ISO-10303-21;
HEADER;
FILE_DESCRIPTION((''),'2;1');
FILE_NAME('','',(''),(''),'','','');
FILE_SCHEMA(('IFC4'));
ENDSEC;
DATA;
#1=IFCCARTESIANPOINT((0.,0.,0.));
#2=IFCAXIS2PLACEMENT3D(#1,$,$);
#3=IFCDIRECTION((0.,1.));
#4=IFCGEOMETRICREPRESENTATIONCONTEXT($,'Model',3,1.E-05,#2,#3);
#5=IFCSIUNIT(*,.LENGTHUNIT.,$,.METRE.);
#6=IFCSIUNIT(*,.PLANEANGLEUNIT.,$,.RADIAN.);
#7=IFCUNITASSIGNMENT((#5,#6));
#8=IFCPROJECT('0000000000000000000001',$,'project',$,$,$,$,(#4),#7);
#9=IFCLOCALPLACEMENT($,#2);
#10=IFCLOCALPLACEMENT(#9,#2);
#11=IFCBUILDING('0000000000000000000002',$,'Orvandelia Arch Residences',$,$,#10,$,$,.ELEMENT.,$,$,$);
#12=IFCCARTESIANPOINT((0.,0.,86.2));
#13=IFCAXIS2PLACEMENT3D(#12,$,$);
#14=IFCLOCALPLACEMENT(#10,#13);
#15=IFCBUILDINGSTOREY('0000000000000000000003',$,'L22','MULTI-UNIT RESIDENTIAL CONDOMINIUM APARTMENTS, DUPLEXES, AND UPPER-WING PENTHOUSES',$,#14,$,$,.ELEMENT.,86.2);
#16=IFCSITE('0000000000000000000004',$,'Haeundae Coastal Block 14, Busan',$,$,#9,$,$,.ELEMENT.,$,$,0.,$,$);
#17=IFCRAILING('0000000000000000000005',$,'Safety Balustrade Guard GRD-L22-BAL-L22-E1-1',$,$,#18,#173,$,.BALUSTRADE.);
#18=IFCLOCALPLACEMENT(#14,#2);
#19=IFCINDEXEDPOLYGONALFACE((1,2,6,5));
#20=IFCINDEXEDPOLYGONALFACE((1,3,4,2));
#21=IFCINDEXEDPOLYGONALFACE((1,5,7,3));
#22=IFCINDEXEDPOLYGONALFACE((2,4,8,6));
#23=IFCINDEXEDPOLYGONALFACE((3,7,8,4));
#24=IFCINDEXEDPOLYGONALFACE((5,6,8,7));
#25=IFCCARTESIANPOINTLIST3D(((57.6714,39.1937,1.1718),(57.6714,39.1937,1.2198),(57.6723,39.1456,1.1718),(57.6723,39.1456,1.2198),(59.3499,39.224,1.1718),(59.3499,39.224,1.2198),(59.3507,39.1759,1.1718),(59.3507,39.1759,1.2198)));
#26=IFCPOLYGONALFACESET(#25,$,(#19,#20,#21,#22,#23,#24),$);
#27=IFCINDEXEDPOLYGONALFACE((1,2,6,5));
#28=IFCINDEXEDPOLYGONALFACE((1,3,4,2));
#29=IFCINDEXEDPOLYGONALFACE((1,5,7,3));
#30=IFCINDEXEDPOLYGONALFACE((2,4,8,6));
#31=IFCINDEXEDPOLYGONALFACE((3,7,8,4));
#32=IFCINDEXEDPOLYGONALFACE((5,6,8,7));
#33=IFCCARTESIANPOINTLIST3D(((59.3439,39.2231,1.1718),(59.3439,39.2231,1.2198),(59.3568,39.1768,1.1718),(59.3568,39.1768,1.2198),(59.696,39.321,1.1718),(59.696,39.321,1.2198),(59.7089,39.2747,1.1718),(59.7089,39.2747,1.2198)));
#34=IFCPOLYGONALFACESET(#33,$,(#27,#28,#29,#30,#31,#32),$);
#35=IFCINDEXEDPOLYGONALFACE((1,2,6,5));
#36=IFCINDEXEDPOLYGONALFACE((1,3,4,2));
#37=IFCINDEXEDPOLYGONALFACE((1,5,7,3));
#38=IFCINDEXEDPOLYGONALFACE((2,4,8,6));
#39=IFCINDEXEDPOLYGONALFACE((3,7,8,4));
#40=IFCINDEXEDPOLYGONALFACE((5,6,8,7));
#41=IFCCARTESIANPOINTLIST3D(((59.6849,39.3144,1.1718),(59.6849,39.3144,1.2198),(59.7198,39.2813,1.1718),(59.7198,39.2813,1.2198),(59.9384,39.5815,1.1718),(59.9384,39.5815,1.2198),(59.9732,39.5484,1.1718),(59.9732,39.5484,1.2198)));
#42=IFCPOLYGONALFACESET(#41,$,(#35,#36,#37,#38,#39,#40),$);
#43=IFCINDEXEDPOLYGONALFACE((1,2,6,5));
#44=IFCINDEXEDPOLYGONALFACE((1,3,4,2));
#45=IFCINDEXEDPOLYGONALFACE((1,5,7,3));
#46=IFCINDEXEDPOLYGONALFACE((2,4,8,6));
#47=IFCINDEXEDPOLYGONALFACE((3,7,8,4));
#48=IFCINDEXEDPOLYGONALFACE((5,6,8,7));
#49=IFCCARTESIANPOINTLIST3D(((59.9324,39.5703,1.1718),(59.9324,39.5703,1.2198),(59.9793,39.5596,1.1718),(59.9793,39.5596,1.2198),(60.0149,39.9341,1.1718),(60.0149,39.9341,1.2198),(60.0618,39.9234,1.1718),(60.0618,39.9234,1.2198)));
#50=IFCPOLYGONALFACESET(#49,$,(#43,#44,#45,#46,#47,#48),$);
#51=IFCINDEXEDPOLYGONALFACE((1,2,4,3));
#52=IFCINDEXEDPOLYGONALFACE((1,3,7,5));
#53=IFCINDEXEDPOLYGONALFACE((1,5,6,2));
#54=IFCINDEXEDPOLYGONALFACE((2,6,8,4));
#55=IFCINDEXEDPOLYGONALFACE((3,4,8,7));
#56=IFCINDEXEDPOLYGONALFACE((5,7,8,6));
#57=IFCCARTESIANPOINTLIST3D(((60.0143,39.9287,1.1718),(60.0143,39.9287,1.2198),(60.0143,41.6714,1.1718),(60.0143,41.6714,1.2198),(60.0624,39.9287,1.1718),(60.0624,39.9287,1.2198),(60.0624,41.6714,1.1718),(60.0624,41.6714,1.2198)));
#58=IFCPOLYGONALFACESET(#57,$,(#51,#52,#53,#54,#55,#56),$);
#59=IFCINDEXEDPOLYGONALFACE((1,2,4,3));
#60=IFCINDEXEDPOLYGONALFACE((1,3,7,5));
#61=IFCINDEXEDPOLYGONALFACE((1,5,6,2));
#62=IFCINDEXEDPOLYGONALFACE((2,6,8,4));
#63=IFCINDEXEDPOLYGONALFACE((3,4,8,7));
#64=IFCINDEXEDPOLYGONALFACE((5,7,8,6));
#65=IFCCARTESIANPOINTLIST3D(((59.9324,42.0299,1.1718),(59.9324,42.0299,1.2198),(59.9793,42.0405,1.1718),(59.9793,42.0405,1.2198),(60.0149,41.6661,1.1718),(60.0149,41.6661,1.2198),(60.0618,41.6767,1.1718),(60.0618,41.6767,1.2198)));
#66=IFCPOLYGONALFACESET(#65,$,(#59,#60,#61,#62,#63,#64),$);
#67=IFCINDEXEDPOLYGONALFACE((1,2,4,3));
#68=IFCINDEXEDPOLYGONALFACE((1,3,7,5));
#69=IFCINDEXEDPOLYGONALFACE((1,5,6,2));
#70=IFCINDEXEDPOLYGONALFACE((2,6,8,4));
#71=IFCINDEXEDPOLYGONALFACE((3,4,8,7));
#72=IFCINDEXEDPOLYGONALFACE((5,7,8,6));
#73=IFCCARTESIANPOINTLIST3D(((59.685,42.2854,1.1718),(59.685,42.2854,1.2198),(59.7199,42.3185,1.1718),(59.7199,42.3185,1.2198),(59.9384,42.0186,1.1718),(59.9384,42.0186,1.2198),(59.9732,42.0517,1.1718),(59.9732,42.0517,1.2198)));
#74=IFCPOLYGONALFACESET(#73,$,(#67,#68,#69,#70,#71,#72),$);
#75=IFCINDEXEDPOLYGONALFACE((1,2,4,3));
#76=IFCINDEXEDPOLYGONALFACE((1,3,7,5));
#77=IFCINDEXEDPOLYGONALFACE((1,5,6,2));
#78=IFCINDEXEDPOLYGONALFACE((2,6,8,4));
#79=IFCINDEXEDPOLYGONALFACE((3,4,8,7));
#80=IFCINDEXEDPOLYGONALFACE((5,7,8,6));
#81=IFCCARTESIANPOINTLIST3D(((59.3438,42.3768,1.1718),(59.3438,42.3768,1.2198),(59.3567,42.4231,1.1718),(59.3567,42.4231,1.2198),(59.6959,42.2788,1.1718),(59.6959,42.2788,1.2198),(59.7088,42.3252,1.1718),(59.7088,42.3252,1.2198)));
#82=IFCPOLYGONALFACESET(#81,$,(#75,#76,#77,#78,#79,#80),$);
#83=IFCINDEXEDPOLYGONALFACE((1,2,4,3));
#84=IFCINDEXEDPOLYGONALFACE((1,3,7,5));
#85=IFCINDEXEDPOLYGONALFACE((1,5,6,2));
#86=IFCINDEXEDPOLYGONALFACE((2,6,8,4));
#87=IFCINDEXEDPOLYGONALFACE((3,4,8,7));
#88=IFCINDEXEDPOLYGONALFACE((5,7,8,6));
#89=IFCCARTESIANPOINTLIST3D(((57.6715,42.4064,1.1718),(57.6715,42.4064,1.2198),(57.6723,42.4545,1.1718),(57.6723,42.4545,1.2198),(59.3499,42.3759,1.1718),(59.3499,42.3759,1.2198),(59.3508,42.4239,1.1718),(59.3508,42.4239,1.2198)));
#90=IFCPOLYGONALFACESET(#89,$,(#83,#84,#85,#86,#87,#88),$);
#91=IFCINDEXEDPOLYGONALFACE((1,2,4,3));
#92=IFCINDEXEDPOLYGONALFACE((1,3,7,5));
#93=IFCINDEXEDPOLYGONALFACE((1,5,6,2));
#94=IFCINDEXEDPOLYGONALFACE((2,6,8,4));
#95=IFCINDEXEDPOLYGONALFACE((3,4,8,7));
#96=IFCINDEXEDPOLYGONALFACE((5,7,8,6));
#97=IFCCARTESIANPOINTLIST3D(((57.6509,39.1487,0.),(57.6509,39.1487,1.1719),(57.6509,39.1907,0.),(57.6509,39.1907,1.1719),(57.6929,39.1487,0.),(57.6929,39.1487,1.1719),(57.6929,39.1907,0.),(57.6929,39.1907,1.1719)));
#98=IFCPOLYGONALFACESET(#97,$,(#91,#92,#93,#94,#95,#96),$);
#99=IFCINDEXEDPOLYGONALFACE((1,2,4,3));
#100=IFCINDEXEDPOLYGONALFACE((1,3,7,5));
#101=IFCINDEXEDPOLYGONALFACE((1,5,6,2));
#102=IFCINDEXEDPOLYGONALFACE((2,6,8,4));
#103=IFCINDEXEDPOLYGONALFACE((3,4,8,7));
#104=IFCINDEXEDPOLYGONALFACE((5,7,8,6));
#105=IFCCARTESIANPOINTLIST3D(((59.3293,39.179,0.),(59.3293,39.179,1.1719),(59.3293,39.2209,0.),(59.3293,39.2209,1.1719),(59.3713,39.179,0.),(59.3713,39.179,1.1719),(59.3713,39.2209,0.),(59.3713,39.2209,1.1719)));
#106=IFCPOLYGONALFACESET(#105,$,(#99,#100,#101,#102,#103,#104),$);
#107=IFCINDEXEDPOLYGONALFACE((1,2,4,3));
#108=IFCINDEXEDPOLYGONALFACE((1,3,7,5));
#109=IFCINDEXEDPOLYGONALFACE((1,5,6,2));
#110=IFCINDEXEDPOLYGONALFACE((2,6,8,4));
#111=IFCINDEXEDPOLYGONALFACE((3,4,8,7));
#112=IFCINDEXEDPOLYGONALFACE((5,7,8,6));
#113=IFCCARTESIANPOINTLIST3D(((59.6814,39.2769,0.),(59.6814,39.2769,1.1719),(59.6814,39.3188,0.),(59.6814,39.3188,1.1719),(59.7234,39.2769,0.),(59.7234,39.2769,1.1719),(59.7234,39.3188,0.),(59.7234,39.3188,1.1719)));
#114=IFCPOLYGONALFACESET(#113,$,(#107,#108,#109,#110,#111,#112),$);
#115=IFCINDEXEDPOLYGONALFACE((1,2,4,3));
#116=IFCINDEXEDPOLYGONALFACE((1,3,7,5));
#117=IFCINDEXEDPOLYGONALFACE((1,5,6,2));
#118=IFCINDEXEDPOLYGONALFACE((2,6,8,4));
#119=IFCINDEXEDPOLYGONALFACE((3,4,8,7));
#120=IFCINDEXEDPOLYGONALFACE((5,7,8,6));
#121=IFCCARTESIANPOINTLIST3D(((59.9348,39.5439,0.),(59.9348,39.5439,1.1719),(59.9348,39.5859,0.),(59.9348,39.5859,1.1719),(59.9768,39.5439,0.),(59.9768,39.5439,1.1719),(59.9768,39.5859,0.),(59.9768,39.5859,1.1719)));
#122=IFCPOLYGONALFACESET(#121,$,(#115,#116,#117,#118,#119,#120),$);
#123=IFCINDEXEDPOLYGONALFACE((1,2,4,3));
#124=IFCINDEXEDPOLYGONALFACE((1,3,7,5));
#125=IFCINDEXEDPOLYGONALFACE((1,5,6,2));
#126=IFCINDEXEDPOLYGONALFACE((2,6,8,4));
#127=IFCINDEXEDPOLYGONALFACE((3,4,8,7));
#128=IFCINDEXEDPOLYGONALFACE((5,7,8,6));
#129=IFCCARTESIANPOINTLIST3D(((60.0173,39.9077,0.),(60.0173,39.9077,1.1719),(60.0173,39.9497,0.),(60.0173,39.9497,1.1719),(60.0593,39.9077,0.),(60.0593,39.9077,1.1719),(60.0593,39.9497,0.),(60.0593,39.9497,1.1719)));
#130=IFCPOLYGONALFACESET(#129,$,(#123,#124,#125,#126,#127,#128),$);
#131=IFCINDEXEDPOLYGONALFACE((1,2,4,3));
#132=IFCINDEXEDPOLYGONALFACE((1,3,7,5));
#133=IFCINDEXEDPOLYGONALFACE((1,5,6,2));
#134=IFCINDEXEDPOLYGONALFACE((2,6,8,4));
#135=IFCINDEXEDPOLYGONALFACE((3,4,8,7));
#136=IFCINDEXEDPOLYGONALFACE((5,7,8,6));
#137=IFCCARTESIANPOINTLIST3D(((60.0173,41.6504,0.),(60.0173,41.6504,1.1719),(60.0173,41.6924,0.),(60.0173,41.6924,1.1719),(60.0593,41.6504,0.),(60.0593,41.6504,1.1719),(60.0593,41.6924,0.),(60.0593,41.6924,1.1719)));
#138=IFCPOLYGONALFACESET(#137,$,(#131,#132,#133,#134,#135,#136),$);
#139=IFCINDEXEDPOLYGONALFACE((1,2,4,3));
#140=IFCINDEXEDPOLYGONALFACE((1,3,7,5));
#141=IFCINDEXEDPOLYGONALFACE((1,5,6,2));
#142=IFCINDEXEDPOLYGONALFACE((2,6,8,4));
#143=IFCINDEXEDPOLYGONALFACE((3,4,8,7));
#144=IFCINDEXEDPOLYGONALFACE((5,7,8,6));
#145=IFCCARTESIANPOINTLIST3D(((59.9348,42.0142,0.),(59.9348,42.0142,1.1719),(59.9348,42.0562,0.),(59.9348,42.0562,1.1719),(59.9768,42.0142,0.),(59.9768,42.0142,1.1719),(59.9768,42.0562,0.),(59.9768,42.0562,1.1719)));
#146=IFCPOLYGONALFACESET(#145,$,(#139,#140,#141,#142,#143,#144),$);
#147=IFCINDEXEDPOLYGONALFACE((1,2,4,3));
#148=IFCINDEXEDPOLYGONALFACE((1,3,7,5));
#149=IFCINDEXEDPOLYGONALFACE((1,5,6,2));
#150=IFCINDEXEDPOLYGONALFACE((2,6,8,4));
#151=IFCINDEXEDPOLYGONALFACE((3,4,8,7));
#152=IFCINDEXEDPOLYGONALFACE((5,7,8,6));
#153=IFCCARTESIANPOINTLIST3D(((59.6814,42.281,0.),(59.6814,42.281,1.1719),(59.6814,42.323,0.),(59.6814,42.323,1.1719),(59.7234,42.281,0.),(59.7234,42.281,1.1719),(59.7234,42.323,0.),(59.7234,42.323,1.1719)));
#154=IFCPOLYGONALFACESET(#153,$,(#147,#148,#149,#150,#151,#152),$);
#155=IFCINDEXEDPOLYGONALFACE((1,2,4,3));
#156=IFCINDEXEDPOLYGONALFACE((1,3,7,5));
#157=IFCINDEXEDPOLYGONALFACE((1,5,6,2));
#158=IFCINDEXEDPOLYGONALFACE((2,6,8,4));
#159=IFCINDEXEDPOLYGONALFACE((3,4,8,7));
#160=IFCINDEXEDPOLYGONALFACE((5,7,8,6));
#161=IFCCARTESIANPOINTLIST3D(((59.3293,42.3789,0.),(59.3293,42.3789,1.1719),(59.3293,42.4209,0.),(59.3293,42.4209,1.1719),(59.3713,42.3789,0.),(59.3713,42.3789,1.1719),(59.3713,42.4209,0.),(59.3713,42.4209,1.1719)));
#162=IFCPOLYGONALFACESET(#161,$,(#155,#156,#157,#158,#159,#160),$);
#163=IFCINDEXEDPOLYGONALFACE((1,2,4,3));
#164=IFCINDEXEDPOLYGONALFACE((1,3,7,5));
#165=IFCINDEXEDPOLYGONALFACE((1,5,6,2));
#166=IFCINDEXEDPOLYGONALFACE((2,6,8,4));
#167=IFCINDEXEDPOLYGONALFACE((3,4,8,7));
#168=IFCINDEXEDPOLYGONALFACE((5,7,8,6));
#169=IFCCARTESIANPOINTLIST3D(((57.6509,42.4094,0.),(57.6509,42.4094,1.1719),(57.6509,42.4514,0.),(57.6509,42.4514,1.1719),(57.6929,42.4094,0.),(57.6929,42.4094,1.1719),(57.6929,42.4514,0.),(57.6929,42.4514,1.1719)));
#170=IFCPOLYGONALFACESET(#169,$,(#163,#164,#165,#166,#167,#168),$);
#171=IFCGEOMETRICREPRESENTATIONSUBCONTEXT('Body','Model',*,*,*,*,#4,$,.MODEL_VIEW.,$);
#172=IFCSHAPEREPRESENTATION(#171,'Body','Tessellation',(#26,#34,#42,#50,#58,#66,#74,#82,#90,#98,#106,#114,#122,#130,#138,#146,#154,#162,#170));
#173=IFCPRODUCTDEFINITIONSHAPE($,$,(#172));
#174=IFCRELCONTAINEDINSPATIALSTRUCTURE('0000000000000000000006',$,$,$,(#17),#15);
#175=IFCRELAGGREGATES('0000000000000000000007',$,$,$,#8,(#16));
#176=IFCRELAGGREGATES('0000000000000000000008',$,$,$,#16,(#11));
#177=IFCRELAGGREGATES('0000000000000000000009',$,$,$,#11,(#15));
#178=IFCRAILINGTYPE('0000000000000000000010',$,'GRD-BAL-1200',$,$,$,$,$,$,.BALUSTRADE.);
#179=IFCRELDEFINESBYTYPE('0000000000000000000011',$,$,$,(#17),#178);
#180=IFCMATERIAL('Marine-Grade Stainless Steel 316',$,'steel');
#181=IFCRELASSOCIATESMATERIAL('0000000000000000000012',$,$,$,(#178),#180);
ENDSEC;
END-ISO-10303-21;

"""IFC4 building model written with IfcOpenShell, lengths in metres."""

from ifc_helpers import new_model, si_unit, direction, frame, origin, origin_2d, place, context, subcontext, project, spatial, rectangle, extrude, material, type_object, element, save


model = new_model("IFC4")

# Units and contexts
model_context = context("Model", 3, precision=1e-05, world=origin(), true_north=direction((0.0, 1.0)))
body_context = subcontext(model_context, "Body", "Model", "MODEL_VIEW")
ifc_project = project(units=[si_unit("LENGTHUNIT", "METRE"), si_unit("PLANEANGLEUNIT", "RADIAN")], contexts=[model_context])

# Site, building, storey
site_placement = place(None, origin())
site = spatial("IfcSite", under=ifc_project, at=site_placement, Name="Haeundae Coastal Block 14, Busan", CompositionType="ELEMENT", RefElevation=0.0)
building_placement = place(site_placement, origin())
building = spatial("IfcBuilding", under=site, at=building_placement, Name="Orvandelia Arch Residences", CompositionType="ELEMENT")
storey_placement = place(building_placement, frame((0.0, 0.0, 86.2)))
storey = spatial("IfcBuildingStorey", under=building, at=storey_placement, Name="L22", Description="MULTI-UNIT RESIDENTIAL CONDOMINIUM APARTMENTS, DUPLEXES, AND UPPER-WING PENTHOUSES", CompositionType="ELEMENT", Elevation=86.2)

# Railing
ifc_material_1 = material(Name="Marine-Grade Stainless Steel 316", Category="steel")
railing_type = type_object("IfcRailingType", Name="GRD-BAL-1200", PredefinedType="BALUSTRADE", material=ifc_material_1)
railing_placement = place(storey_placement, frame((57.6719, 39.1697, 0.0)))
element("IfcRailing", 1, at=railing_placement, inside=storey, type_object=railing_type, Name="Safety Balustrade Guard GRD-L22-BAL-L22-E1-1", PredefinedType="BALUSTRADE", context=body_context, shape_type="SweptSolid", body=[
    extrude(rectangle(XDim=0.0481, YDim=0.0481, at=origin_2d()), frame((0.0, 0.0, 1.1958), z_axis=(0.999837, 0.018033, 0.0), x_axis=(-0.018033, 0.999837, 0.0)), (0.0, 0.0, 1.0), 1.6787),
    extrude(rectangle(XDim=0.0481, YDim=0.0481, at=origin_2d()), frame((1.6785, 0.0303, 1.1958), z_axis=(0.963441, 0.26792, 0.0), x_axis=(-0.26792, 0.963441, 0.0)), (0.0, 0.0, 1.0), 0.3655),
    extrude(rectangle(XDim=0.0481, YDim=0.0481, at=origin_2d()), frame((2.0305, 0.1282, 1.1958), z_axis=(0.688296, 0.72543, 0.0), x_axis=(-0.72543, 0.688296, 0.0)), (0.0, 0.0, 1.0), 0.3682),
    extrude(rectangle(XDim=0.0481, YDim=0.0481, at=origin_2d()), frame((2.2839, 0.3953, 1.1958), z_axis=(0.221225, 0.975223, 0.0), x_axis=(-0.975223, 0.221225, 0.0)), (0.0, 0.0, 1.0), 0.373),
    extrude(rectangle(XDim=0.0481, YDim=0.0481, at=origin_2d()), frame((2.3665, 0.759, 1.1958), z_axis=(0.0, 1.0, 0.0), x_axis=(-1.0, 0.0, 0.0)), (0.0, 0.0, 1.0), 1.7427),
    extrude(rectangle(XDim=0.0481, YDim=0.0481, at=origin_2d()), frame((2.3665, 2.5017, 1.1958), z_axis=(-0.221225, 0.975223, 0.0), x_axis=(-0.975223, -0.221225, 0.0)), (0.0, 0.0, 1.0), 0.373),
    extrude(rectangle(XDim=0.0481, YDim=0.0481, at=origin_2d()), frame((2.2839, 2.8655, 1.1958), z_axis=(-0.688627, 0.725115, 0.0), x_axis=(-0.725115, -0.688627, 0.0)), (0.0, 0.0, 1.0), 0.3679),
    extrude(rectangle(XDim=0.0481, YDim=0.0481, at=origin_2d()), frame((2.0305, 3.1323, 1.1958), z_axis=(-0.963441, 0.26792, 0.0), x_axis=(-0.26792, -0.963441, 0.0)), (0.0, 0.0, 1.0), 0.3655),
    extrude(rectangle(XDim=0.0481, YDim=0.0481, at=origin_2d()), frame((1.6785, 3.2302, 1.1958), z_axis=(-0.999835, 0.018179, 0.0), x_axis=(-0.018179, -0.999835, 0.0)), (0.0, 0.0, 1.0), 1.6787),
    extrude(rectangle(XDim=0.042, YDim=0.042, at=origin_2d()), origin(), (0.0, 0.0, 1.0), 1.1719),
    extrude(rectangle(XDim=0.042, YDim=0.042, at=origin_2d()), frame((1.6785, 0.0303, 0.0)), (0.0, 0.0, 1.0), 1.1719),
    extrude(rectangle(XDim=0.042, YDim=0.042, at=origin_2d()), frame((2.0305, 0.1282, 0.0)), (0.0, 0.0, 1.0), 1.1719),
    extrude(rectangle(XDim=0.042, YDim=0.042, at=origin_2d()), frame((2.2839, 0.3953, 0.0)), (0.0, 0.0, 1.0), 1.1719),
    extrude(rectangle(XDim=0.042, YDim=0.042, at=origin_2d()), frame((2.3665, 0.759, 0.0)), (0.0, 0.0, 1.0), 1.1719),
    extrude(rectangle(XDim=0.042, YDim=0.042, at=origin_2d()), frame((2.3665, 2.5017, 0.0)), (0.0, 0.0, 1.0), 1.1719),
    extrude(rectangle(XDim=0.042, YDim=0.042, at=origin_2d()), frame((2.2839, 2.8655, 0.0)), (0.0, 0.0, 1.0), 1.1719),
    extrude(rectangle(XDim=0.042, YDim=0.042, at=origin_2d()), frame((2.0305, 3.1323, 0.0)), (0.0, 0.0, 1.0), 1.1719),
    extrude(rectangle(XDim=0.042, YDim=0.042, at=origin_2d()), frame((1.6785, 3.2302, 0.0)), (0.0, 0.0, 1.0), 1.1719),
    extrude(rectangle(XDim=0.042, YDim=0.042, at=origin_2d()), frame((0.0, 3.2607, 0.0)), (0.0, 0.0, 1.0), 1.1719),
])

save(model, "model.ifc")
